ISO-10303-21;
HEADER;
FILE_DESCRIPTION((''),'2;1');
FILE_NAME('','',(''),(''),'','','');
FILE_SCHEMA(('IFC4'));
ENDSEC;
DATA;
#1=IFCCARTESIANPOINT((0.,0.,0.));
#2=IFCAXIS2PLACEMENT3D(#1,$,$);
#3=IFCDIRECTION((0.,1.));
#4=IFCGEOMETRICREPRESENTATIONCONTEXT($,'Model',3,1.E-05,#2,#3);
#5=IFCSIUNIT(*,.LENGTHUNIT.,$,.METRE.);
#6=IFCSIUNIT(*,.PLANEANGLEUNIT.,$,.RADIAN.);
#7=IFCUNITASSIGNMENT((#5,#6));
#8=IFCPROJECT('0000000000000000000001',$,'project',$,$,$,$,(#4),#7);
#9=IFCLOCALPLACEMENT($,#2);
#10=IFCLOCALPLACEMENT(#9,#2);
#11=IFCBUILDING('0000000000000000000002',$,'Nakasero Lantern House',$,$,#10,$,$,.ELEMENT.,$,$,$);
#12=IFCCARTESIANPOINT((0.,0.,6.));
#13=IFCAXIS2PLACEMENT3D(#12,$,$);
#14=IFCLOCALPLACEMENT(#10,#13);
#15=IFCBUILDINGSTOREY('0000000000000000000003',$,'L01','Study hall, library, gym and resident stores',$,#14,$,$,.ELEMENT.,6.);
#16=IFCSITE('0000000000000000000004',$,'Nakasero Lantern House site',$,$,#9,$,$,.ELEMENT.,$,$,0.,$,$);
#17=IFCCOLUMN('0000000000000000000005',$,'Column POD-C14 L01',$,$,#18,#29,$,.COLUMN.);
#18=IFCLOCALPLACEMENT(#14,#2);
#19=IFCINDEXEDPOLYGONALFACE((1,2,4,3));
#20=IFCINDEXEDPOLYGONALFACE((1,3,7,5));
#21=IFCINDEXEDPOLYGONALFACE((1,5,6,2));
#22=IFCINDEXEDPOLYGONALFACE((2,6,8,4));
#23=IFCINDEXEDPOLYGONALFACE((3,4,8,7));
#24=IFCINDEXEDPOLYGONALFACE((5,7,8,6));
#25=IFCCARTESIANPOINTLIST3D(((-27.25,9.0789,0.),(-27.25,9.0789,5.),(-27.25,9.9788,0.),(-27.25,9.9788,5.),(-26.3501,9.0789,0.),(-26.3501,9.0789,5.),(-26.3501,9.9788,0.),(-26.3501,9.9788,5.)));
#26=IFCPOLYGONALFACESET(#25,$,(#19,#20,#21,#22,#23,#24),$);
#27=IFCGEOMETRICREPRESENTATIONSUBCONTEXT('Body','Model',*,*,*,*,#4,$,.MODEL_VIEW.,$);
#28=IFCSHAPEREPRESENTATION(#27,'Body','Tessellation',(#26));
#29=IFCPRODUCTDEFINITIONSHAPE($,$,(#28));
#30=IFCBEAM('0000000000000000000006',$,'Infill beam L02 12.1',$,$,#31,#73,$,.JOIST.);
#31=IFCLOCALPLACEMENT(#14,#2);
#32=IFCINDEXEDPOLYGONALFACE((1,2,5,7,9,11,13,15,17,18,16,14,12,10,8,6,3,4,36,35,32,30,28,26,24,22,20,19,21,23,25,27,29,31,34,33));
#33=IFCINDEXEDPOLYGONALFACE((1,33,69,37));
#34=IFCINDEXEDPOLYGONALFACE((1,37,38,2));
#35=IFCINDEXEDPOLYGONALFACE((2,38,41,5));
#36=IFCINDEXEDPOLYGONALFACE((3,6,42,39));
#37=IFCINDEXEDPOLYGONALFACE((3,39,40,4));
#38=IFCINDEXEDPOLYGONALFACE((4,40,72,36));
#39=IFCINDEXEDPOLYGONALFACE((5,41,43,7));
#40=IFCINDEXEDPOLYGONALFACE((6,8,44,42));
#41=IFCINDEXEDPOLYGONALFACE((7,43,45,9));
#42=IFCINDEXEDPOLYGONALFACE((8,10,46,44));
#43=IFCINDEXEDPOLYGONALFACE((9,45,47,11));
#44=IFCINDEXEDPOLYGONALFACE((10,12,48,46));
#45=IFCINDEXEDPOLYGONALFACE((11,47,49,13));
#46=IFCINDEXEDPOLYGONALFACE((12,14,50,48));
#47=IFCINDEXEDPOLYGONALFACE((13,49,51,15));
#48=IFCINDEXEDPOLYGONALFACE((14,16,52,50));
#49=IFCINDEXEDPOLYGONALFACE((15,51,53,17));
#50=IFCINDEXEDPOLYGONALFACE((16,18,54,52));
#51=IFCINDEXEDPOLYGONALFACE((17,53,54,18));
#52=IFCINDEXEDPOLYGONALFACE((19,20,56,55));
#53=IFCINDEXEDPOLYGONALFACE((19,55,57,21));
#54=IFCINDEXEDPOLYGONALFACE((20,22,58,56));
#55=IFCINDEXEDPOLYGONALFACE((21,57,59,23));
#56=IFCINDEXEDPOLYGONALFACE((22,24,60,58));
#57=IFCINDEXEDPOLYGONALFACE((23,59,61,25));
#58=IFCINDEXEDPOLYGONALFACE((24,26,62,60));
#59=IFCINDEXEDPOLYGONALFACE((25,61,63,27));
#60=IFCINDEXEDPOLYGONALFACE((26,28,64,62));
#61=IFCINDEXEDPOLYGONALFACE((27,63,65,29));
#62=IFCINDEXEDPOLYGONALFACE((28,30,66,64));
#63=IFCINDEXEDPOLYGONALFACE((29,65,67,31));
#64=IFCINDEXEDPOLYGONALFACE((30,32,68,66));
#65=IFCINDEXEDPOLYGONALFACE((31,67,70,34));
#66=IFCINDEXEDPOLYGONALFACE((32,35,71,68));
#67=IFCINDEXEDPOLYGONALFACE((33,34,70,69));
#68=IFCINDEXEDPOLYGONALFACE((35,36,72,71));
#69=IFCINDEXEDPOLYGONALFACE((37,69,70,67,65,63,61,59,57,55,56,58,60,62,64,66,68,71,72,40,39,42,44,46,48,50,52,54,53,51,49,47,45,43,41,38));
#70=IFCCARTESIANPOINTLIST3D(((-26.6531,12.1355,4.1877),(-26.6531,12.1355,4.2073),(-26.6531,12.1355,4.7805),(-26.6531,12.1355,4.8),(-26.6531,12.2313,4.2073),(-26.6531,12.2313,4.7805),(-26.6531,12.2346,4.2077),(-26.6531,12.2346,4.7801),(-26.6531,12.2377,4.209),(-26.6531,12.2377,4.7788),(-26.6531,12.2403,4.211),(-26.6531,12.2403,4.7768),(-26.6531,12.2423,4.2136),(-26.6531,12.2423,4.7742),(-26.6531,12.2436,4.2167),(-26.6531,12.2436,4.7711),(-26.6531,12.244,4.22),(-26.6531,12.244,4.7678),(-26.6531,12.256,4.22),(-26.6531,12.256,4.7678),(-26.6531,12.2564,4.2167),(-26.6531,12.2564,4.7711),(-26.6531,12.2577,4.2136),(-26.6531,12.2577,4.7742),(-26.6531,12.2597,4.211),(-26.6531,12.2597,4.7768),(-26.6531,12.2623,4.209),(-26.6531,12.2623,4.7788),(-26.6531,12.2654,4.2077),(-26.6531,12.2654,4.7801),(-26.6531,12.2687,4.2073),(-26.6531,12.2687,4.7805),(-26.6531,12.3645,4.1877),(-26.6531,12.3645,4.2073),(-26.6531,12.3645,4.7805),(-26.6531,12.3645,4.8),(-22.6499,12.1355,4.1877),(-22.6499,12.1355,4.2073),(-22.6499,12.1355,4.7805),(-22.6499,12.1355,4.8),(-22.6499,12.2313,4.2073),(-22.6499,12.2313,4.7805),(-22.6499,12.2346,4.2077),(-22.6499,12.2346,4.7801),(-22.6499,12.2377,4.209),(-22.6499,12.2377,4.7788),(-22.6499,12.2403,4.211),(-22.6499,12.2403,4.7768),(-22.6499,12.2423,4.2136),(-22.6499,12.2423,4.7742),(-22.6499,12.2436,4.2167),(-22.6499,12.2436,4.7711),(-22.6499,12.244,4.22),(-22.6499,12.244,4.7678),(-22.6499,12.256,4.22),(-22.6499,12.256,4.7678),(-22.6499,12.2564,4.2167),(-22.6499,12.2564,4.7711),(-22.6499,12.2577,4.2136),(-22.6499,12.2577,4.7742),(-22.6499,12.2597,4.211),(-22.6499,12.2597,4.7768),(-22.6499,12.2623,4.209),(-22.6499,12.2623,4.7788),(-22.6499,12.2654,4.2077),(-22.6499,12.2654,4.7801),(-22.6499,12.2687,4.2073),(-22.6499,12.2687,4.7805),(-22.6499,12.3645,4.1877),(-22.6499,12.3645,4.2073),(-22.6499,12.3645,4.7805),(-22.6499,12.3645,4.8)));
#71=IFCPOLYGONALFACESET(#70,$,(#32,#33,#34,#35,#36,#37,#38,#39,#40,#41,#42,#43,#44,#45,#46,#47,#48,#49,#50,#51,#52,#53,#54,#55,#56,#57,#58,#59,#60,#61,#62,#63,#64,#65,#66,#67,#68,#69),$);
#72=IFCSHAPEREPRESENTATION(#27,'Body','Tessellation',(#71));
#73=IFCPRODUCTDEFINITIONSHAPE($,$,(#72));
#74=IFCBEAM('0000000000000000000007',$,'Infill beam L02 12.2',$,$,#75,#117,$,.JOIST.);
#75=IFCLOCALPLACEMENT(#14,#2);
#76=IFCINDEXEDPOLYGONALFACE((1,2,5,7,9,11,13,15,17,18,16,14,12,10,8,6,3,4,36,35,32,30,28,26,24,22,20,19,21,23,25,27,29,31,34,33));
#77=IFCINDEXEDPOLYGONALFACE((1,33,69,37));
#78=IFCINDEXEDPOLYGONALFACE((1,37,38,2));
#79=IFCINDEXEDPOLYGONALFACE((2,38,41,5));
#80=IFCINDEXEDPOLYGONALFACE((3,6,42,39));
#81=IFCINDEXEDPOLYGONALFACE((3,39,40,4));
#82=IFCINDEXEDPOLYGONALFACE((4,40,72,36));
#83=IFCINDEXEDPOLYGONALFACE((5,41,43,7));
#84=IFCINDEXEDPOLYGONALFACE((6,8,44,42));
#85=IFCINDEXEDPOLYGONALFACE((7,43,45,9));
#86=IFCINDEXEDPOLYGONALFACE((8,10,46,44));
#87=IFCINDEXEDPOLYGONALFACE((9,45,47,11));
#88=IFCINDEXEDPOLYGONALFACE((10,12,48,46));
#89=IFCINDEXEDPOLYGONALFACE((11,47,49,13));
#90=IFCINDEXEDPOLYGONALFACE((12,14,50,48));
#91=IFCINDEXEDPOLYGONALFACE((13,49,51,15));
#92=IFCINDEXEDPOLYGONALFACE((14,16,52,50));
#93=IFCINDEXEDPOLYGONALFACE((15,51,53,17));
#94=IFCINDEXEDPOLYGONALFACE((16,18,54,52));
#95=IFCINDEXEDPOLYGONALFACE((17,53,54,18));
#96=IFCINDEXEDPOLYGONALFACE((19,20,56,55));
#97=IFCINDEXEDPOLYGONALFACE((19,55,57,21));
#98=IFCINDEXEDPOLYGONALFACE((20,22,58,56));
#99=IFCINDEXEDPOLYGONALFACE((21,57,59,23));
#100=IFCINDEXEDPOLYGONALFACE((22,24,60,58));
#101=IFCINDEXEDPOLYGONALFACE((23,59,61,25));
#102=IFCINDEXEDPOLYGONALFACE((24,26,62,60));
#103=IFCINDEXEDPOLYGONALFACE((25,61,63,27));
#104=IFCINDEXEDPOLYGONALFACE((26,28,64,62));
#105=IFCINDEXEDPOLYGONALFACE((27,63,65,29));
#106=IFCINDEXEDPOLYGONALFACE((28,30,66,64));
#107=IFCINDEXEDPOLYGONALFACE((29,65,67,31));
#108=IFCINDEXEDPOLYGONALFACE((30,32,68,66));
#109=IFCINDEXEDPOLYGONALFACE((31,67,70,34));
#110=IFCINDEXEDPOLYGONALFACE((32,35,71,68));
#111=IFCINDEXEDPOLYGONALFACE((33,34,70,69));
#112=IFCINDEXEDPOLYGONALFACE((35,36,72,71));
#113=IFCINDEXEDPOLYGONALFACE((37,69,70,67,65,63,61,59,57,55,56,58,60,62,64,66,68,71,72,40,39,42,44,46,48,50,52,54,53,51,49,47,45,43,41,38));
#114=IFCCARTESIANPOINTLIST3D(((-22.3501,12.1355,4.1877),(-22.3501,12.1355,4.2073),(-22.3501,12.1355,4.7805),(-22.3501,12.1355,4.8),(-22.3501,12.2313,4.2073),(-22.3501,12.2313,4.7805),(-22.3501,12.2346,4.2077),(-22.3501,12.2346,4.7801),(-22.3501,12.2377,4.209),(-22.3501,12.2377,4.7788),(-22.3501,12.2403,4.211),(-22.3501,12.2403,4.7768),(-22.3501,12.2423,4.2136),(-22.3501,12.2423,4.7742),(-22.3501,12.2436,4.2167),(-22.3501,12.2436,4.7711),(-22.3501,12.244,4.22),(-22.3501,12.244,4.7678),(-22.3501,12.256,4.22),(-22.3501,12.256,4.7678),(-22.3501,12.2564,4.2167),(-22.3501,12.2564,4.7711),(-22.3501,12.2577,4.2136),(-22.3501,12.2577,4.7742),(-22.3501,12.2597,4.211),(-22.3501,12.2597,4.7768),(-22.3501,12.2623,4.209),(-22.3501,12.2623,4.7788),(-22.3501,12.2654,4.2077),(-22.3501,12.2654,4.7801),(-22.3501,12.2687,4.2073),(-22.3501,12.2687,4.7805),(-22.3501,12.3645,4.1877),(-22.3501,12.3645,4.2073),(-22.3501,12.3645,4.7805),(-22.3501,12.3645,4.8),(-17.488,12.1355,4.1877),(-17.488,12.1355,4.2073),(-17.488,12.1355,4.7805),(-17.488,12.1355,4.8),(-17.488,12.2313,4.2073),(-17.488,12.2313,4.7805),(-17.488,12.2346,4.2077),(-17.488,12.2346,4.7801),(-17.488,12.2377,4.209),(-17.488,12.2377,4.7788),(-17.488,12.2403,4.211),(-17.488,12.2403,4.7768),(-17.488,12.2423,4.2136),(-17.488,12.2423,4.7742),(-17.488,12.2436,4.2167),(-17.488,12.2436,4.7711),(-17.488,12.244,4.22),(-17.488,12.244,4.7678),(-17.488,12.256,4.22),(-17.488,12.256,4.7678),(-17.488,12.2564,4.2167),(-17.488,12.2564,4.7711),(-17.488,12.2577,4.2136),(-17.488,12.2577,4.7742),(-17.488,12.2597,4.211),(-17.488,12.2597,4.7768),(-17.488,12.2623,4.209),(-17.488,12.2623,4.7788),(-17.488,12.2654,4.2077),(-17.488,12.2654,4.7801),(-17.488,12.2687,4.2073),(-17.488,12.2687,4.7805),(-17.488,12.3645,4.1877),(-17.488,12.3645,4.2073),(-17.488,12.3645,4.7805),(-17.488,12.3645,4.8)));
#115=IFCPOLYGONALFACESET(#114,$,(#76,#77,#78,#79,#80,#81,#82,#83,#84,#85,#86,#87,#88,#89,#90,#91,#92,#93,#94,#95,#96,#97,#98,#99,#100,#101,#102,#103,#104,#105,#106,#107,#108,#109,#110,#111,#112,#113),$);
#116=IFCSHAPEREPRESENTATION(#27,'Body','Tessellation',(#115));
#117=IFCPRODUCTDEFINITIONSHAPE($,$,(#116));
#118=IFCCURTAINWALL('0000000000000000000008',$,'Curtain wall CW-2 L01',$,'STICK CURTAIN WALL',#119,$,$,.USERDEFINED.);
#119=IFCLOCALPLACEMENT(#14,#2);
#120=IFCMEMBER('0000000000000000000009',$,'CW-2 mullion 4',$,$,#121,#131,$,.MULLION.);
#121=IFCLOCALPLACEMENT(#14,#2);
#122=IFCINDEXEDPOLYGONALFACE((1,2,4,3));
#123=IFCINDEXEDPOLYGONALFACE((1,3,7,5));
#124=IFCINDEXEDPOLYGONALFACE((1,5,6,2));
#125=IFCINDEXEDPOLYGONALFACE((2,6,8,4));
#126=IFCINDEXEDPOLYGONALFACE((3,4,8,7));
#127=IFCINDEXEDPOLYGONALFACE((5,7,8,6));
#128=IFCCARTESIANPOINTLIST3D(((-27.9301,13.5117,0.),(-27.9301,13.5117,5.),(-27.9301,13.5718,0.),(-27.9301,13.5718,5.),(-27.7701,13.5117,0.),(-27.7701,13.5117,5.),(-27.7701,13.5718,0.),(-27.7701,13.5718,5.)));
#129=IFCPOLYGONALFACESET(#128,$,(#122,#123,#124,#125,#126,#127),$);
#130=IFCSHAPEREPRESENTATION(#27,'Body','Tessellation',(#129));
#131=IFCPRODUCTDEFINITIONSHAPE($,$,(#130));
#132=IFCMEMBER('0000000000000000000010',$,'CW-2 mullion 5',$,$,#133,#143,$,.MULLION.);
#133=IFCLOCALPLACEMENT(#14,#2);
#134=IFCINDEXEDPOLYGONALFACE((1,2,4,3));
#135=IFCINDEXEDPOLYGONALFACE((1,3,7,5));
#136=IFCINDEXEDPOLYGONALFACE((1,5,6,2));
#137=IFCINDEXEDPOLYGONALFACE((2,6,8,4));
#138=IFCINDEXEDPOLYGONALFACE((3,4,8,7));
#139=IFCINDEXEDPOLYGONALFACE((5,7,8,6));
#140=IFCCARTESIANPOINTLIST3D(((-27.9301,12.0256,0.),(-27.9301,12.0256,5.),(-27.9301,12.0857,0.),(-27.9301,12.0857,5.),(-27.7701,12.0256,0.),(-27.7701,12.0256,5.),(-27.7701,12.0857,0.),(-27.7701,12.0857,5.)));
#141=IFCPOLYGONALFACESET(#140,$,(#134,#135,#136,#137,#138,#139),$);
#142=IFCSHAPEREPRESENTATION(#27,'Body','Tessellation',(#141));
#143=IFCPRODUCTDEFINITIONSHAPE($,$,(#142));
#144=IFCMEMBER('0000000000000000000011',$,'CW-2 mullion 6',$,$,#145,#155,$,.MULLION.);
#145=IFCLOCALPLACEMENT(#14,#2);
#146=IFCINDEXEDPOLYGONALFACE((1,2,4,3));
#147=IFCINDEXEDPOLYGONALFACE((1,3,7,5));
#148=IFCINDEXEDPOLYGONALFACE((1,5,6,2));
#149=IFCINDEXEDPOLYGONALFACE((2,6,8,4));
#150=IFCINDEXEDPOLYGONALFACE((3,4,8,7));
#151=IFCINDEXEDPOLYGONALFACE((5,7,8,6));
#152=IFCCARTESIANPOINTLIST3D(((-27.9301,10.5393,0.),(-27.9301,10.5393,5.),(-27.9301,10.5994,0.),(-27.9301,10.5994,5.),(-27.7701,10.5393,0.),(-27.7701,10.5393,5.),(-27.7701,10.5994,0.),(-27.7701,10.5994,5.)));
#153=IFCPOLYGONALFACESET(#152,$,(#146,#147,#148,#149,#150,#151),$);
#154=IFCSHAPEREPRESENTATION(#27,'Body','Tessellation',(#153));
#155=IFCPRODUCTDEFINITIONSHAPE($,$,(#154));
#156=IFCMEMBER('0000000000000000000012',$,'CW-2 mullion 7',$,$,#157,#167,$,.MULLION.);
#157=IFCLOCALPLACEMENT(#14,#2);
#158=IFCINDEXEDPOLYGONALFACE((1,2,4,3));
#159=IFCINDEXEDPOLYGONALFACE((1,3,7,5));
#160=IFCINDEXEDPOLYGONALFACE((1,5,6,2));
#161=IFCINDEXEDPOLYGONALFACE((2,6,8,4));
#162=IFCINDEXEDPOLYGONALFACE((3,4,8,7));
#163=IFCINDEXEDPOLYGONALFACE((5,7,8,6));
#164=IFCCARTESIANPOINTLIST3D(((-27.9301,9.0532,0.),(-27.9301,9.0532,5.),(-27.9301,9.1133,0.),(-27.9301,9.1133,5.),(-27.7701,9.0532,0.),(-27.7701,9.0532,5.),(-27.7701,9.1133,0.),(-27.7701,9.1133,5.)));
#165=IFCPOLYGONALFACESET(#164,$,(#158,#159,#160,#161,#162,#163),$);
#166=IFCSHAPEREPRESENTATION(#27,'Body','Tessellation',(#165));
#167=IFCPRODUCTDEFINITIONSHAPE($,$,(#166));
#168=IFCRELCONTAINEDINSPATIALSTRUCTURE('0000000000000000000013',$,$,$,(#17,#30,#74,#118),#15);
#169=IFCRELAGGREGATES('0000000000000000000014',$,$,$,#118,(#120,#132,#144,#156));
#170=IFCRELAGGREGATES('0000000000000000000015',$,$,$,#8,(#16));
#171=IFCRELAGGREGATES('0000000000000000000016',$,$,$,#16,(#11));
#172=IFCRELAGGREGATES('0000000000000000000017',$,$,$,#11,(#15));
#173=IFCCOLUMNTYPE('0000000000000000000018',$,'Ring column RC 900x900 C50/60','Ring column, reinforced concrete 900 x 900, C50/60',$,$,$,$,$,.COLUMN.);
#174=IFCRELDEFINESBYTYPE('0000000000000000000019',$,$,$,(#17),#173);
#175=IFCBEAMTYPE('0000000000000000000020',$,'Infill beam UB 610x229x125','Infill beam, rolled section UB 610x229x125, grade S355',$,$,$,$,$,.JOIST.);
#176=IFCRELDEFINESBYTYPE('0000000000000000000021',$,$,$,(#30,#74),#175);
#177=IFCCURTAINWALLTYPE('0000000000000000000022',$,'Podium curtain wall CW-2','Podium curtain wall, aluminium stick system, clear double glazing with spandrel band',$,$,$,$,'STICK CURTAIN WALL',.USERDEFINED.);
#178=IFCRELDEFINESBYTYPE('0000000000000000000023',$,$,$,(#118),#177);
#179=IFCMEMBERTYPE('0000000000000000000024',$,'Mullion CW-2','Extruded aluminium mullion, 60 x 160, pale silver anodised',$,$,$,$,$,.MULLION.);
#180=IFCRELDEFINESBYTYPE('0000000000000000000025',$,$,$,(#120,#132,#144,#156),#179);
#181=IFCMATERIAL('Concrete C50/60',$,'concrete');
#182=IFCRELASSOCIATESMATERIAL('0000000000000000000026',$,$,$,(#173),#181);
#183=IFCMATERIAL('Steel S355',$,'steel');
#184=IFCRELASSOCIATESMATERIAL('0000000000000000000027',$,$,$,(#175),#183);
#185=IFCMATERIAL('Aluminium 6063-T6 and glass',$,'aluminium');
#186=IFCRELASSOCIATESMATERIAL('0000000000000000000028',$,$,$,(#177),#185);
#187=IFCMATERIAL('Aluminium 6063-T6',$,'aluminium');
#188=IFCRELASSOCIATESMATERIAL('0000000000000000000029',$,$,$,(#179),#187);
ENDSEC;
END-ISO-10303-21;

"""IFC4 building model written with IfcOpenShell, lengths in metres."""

from ifc_helpers import new_model, si_unit, direction, frame, origin, origin_2d, place, context, subcontext, project, spatial, rectangle, i_section, extrude, material, material_profile, profile_set, type_object, element, aggregate, save


model = new_model("IFC4")

# Units and contexts
model_context = context("Model", 3, precision=1e-05, world=origin(), true_north=direction((0.0, 1.0)))
body_context = subcontext(model_context, "Body", "Model", "MODEL_VIEW")
ifc_project = project(units=[si_unit("LENGTHUNIT", "METRE"), si_unit("PLANEANGLEUNIT", "RADIAN")], contexts=[model_context])

# Site, building, storey
site_placement = place(None, origin())
site = spatial("IfcSite", under=ifc_project, at=site_placement, Name="Nakasero Lantern House site", CompositionType="ELEMENT", RefElevation=0.0)
building_placement = place(site_placement, origin())
building = spatial("IfcBuilding", under=site, at=building_placement, Name="Nakasero Lantern House", CompositionType="ELEMENT")
storey_placement = place(building_placement, frame((0.0, 0.0, 6.0)))
storey = spatial("IfcBuildingStorey", under=building, at=storey_placement, Name="L01", Description="Study hall, library, gym and resident stores", CompositionType="ELEMENT", Elevation=6.0)

# Column
ifc_material_1 = material(Name="Concrete C50/60", Category="concrete")
ifc_material_profile_1 = material_profile(ifc_material_1, rectangle(XDim=0.8999, YDim=0.8999, at=origin_2d()), Name="RC 900x900")
ifc_profile_set_1 = profile_set([ifc_material_profile_1], Name="Concrete C50/60")
column_type = type_object("IfcColumnType", Name="Ring column RC 900x900 C50/60", Description="Ring column, reinforced concrete 900 x 900, C50/60", PredefinedType="COLUMN", material=ifc_profile_set_1)
column_placement = place(storey_placement, frame((-26.8, 9.5288, 0.0), z_axis=(0.0, 0.0, 1.0), x_axis=(1.0, 0.0, 0.0)))
element("IfcColumn", 1, at=column_placement, inside=storey, type_object=column_type, Name="Column POD-C14 L01", PredefinedType="COLUMN", context=body_context, shape_type="SweptSolid", body=[
    extrude(rectangle(XDim=0.8999, YDim=0.8999, at=origin_2d()), origin(), (0.0, 0.0, 1.0), 5.0),
])

# Beams
ifc_material_2 = material(Name="Steel S355", Category="steel")
ifc_material_profile_2 = material_profile(ifc_material_2, i_section(OverallWidth=0.229, OverallDepth=0.6123, WebThickness=0.012, FlangeThickness=0.0195, FilletRadius=0.0127, at=origin_2d()), Name="UB 610x229x125")
ifc_profile_set_2 = profile_set([ifc_material_profile_2], Name="Steel S355")
beam_type_1 = type_object("IfcBeamType", Name="Infill beam UB 610x229x125", Description="Infill beam, rolled section UB 610x229x125, grade S355", PredefinedType="JOIST", material=ifc_profile_set_2)
beam_1_placement = place(storey_placement, frame((-26.6531, 12.25, 4.4939), z_axis=(1.0, 0.0, 0.0), x_axis=(0.0, 1.0, 0.0)))
element("IfcBeam", 2, at=beam_1_placement, inside=storey, type_object=beam_type_1, Name="Infill beam L02 12.1", PredefinedType="JOIST", context=body_context, shape_type="SweptSolid", body=[
    extrude(i_section(OverallWidth=0.229, OverallDepth=0.6123, WebThickness=0.012, FlangeThickness=0.0195, FilletRadius=0.0127, at=origin_2d()), origin(), (0.0, 0.0, 1.0), 4.0032),
])
beam_2_placement = place(storey_placement, frame((-22.3501, 12.25, 4.4939), z_axis=(1.0, 0.0, 0.0), x_axis=(0.0, 1.0, 0.0)))
element("IfcBeam", 3, at=beam_2_placement, inside=storey, type_object=beam_type_1, Name="Infill beam L02 12.2", PredefinedType="JOIST", context=body_context, shape_type="SweptSolid", body=[
    extrude(i_section(OverallWidth=0.229, OverallDepth=0.6123, WebThickness=0.012, FlangeThickness=0.0195, FilletRadius=0.0127, at=origin_2d()), origin(), (0.0, 0.0, 1.0), 4.8621),
])

# Curtain wall, members
ifc_material_3 = material(Name="Aluminium 6063-T6 and glass", Category="aluminium")
curtain_wall_type = type_object("IfcCurtainWallType", Name="Podium curtain wall CW-2", Description="Podium curtain wall, aluminium stick system, clear double glazing with spandrel band", ElementType="STICK CURTAIN WALL", PredefinedType="USERDEFINED", material=ifc_material_3)
curtain_wall_placement = place(storey_placement, origin())
curtain_wall = element("IfcCurtainWall", 4, at=curtain_wall_placement, inside=storey, type_object=curtain_wall_type, Name="Curtain wall CW-2 L01", ObjectType="STICK CURTAIN WALL", PredefinedType="USERDEFINED")
ifc_material_4 = material(Name="Aluminium 6063-T6", Category="aluminium")
ifc_material_profile_3 = material_profile(ifc_material_4, rectangle(XDim=0.0601, YDim=0.1599, at=origin_2d()), Name="CW-2 mullion 60x160")
ifc_profile_set_3 = profile_set([ifc_material_profile_3], Name="Aluminium 6063-T6")
member_type_1 = type_object("IfcMemberType", Name="Mullion CW-2", Description="Extruded aluminium mullion, 60 x 160, pale silver anodised", PredefinedType="MULLION", material=ifc_profile_set_3)
member_1_placement = place(storey_placement, frame((-27.8501, 13.5417, 0.0), z_axis=(0.0, 0.0, 1.0), x_axis=(0.0, -1.0, 0.0)))
member_1 = element("IfcMember", 5, at=member_1_placement, type_object=member_type_1, Name="CW-2 mullion 4", PredefinedType="MULLION", context=body_context, shape_type="SweptSolid", body=[
    extrude(rectangle(XDim=0.0601, YDim=0.1599, at=origin_2d()), origin(), (0.0, 0.0, 1.0), 5.0),
])
member_2_placement = place(storey_placement, frame((-27.8501, 12.0557, 0.0), z_axis=(0.0, 0.0, 1.0), x_axis=(0.0, -1.0, 0.0)))
member_2 = element("IfcMember", 6, at=member_2_placement, type_object=member_type_1, Name="CW-2 mullion 5", PredefinedType="MULLION", context=body_context, shape_type="SweptSolid", body=[
    extrude(rectangle(XDim=0.0601, YDim=0.1599, at=origin_2d()), origin(), (0.0, 0.0, 1.0), 5.0),
])
member_3_placement = place(storey_placement, frame((-27.8501, 10.5693, 0.0), z_axis=(0.0, 0.0, 1.0), x_axis=(0.0, -1.0, 0.0)))
member_3 = element("IfcMember", 7, at=member_3_placement, type_object=member_type_1, Name="CW-2 mullion 6", PredefinedType="MULLION", context=body_context, shape_type="SweptSolid", body=[
    extrude(rectangle(XDim=0.0601, YDim=0.1599, at=origin_2d()), origin(), (0.0, 0.0, 1.0), 5.0),
])
member_4_placement = place(storey_placement, frame((-27.8501, 9.0833, 0.0), z_axis=(0.0, 0.0, 1.0), x_axis=(0.0, -1.0, 0.0)))
member_4 = element("IfcMember", 8, at=member_4_placement, type_object=member_type_1, Name="CW-2 mullion 7", PredefinedType="MULLION", context=body_context, shape_type="SweptSolid", body=[
    extrude(rectangle(XDim=0.0601, YDim=0.1599, at=origin_2d()), origin(), (0.0, 0.0, 1.0), 5.0),
])

aggregate(curtain_wall, [member_1, member_2, member_3, member_4])

save(model, "model.ifc")
